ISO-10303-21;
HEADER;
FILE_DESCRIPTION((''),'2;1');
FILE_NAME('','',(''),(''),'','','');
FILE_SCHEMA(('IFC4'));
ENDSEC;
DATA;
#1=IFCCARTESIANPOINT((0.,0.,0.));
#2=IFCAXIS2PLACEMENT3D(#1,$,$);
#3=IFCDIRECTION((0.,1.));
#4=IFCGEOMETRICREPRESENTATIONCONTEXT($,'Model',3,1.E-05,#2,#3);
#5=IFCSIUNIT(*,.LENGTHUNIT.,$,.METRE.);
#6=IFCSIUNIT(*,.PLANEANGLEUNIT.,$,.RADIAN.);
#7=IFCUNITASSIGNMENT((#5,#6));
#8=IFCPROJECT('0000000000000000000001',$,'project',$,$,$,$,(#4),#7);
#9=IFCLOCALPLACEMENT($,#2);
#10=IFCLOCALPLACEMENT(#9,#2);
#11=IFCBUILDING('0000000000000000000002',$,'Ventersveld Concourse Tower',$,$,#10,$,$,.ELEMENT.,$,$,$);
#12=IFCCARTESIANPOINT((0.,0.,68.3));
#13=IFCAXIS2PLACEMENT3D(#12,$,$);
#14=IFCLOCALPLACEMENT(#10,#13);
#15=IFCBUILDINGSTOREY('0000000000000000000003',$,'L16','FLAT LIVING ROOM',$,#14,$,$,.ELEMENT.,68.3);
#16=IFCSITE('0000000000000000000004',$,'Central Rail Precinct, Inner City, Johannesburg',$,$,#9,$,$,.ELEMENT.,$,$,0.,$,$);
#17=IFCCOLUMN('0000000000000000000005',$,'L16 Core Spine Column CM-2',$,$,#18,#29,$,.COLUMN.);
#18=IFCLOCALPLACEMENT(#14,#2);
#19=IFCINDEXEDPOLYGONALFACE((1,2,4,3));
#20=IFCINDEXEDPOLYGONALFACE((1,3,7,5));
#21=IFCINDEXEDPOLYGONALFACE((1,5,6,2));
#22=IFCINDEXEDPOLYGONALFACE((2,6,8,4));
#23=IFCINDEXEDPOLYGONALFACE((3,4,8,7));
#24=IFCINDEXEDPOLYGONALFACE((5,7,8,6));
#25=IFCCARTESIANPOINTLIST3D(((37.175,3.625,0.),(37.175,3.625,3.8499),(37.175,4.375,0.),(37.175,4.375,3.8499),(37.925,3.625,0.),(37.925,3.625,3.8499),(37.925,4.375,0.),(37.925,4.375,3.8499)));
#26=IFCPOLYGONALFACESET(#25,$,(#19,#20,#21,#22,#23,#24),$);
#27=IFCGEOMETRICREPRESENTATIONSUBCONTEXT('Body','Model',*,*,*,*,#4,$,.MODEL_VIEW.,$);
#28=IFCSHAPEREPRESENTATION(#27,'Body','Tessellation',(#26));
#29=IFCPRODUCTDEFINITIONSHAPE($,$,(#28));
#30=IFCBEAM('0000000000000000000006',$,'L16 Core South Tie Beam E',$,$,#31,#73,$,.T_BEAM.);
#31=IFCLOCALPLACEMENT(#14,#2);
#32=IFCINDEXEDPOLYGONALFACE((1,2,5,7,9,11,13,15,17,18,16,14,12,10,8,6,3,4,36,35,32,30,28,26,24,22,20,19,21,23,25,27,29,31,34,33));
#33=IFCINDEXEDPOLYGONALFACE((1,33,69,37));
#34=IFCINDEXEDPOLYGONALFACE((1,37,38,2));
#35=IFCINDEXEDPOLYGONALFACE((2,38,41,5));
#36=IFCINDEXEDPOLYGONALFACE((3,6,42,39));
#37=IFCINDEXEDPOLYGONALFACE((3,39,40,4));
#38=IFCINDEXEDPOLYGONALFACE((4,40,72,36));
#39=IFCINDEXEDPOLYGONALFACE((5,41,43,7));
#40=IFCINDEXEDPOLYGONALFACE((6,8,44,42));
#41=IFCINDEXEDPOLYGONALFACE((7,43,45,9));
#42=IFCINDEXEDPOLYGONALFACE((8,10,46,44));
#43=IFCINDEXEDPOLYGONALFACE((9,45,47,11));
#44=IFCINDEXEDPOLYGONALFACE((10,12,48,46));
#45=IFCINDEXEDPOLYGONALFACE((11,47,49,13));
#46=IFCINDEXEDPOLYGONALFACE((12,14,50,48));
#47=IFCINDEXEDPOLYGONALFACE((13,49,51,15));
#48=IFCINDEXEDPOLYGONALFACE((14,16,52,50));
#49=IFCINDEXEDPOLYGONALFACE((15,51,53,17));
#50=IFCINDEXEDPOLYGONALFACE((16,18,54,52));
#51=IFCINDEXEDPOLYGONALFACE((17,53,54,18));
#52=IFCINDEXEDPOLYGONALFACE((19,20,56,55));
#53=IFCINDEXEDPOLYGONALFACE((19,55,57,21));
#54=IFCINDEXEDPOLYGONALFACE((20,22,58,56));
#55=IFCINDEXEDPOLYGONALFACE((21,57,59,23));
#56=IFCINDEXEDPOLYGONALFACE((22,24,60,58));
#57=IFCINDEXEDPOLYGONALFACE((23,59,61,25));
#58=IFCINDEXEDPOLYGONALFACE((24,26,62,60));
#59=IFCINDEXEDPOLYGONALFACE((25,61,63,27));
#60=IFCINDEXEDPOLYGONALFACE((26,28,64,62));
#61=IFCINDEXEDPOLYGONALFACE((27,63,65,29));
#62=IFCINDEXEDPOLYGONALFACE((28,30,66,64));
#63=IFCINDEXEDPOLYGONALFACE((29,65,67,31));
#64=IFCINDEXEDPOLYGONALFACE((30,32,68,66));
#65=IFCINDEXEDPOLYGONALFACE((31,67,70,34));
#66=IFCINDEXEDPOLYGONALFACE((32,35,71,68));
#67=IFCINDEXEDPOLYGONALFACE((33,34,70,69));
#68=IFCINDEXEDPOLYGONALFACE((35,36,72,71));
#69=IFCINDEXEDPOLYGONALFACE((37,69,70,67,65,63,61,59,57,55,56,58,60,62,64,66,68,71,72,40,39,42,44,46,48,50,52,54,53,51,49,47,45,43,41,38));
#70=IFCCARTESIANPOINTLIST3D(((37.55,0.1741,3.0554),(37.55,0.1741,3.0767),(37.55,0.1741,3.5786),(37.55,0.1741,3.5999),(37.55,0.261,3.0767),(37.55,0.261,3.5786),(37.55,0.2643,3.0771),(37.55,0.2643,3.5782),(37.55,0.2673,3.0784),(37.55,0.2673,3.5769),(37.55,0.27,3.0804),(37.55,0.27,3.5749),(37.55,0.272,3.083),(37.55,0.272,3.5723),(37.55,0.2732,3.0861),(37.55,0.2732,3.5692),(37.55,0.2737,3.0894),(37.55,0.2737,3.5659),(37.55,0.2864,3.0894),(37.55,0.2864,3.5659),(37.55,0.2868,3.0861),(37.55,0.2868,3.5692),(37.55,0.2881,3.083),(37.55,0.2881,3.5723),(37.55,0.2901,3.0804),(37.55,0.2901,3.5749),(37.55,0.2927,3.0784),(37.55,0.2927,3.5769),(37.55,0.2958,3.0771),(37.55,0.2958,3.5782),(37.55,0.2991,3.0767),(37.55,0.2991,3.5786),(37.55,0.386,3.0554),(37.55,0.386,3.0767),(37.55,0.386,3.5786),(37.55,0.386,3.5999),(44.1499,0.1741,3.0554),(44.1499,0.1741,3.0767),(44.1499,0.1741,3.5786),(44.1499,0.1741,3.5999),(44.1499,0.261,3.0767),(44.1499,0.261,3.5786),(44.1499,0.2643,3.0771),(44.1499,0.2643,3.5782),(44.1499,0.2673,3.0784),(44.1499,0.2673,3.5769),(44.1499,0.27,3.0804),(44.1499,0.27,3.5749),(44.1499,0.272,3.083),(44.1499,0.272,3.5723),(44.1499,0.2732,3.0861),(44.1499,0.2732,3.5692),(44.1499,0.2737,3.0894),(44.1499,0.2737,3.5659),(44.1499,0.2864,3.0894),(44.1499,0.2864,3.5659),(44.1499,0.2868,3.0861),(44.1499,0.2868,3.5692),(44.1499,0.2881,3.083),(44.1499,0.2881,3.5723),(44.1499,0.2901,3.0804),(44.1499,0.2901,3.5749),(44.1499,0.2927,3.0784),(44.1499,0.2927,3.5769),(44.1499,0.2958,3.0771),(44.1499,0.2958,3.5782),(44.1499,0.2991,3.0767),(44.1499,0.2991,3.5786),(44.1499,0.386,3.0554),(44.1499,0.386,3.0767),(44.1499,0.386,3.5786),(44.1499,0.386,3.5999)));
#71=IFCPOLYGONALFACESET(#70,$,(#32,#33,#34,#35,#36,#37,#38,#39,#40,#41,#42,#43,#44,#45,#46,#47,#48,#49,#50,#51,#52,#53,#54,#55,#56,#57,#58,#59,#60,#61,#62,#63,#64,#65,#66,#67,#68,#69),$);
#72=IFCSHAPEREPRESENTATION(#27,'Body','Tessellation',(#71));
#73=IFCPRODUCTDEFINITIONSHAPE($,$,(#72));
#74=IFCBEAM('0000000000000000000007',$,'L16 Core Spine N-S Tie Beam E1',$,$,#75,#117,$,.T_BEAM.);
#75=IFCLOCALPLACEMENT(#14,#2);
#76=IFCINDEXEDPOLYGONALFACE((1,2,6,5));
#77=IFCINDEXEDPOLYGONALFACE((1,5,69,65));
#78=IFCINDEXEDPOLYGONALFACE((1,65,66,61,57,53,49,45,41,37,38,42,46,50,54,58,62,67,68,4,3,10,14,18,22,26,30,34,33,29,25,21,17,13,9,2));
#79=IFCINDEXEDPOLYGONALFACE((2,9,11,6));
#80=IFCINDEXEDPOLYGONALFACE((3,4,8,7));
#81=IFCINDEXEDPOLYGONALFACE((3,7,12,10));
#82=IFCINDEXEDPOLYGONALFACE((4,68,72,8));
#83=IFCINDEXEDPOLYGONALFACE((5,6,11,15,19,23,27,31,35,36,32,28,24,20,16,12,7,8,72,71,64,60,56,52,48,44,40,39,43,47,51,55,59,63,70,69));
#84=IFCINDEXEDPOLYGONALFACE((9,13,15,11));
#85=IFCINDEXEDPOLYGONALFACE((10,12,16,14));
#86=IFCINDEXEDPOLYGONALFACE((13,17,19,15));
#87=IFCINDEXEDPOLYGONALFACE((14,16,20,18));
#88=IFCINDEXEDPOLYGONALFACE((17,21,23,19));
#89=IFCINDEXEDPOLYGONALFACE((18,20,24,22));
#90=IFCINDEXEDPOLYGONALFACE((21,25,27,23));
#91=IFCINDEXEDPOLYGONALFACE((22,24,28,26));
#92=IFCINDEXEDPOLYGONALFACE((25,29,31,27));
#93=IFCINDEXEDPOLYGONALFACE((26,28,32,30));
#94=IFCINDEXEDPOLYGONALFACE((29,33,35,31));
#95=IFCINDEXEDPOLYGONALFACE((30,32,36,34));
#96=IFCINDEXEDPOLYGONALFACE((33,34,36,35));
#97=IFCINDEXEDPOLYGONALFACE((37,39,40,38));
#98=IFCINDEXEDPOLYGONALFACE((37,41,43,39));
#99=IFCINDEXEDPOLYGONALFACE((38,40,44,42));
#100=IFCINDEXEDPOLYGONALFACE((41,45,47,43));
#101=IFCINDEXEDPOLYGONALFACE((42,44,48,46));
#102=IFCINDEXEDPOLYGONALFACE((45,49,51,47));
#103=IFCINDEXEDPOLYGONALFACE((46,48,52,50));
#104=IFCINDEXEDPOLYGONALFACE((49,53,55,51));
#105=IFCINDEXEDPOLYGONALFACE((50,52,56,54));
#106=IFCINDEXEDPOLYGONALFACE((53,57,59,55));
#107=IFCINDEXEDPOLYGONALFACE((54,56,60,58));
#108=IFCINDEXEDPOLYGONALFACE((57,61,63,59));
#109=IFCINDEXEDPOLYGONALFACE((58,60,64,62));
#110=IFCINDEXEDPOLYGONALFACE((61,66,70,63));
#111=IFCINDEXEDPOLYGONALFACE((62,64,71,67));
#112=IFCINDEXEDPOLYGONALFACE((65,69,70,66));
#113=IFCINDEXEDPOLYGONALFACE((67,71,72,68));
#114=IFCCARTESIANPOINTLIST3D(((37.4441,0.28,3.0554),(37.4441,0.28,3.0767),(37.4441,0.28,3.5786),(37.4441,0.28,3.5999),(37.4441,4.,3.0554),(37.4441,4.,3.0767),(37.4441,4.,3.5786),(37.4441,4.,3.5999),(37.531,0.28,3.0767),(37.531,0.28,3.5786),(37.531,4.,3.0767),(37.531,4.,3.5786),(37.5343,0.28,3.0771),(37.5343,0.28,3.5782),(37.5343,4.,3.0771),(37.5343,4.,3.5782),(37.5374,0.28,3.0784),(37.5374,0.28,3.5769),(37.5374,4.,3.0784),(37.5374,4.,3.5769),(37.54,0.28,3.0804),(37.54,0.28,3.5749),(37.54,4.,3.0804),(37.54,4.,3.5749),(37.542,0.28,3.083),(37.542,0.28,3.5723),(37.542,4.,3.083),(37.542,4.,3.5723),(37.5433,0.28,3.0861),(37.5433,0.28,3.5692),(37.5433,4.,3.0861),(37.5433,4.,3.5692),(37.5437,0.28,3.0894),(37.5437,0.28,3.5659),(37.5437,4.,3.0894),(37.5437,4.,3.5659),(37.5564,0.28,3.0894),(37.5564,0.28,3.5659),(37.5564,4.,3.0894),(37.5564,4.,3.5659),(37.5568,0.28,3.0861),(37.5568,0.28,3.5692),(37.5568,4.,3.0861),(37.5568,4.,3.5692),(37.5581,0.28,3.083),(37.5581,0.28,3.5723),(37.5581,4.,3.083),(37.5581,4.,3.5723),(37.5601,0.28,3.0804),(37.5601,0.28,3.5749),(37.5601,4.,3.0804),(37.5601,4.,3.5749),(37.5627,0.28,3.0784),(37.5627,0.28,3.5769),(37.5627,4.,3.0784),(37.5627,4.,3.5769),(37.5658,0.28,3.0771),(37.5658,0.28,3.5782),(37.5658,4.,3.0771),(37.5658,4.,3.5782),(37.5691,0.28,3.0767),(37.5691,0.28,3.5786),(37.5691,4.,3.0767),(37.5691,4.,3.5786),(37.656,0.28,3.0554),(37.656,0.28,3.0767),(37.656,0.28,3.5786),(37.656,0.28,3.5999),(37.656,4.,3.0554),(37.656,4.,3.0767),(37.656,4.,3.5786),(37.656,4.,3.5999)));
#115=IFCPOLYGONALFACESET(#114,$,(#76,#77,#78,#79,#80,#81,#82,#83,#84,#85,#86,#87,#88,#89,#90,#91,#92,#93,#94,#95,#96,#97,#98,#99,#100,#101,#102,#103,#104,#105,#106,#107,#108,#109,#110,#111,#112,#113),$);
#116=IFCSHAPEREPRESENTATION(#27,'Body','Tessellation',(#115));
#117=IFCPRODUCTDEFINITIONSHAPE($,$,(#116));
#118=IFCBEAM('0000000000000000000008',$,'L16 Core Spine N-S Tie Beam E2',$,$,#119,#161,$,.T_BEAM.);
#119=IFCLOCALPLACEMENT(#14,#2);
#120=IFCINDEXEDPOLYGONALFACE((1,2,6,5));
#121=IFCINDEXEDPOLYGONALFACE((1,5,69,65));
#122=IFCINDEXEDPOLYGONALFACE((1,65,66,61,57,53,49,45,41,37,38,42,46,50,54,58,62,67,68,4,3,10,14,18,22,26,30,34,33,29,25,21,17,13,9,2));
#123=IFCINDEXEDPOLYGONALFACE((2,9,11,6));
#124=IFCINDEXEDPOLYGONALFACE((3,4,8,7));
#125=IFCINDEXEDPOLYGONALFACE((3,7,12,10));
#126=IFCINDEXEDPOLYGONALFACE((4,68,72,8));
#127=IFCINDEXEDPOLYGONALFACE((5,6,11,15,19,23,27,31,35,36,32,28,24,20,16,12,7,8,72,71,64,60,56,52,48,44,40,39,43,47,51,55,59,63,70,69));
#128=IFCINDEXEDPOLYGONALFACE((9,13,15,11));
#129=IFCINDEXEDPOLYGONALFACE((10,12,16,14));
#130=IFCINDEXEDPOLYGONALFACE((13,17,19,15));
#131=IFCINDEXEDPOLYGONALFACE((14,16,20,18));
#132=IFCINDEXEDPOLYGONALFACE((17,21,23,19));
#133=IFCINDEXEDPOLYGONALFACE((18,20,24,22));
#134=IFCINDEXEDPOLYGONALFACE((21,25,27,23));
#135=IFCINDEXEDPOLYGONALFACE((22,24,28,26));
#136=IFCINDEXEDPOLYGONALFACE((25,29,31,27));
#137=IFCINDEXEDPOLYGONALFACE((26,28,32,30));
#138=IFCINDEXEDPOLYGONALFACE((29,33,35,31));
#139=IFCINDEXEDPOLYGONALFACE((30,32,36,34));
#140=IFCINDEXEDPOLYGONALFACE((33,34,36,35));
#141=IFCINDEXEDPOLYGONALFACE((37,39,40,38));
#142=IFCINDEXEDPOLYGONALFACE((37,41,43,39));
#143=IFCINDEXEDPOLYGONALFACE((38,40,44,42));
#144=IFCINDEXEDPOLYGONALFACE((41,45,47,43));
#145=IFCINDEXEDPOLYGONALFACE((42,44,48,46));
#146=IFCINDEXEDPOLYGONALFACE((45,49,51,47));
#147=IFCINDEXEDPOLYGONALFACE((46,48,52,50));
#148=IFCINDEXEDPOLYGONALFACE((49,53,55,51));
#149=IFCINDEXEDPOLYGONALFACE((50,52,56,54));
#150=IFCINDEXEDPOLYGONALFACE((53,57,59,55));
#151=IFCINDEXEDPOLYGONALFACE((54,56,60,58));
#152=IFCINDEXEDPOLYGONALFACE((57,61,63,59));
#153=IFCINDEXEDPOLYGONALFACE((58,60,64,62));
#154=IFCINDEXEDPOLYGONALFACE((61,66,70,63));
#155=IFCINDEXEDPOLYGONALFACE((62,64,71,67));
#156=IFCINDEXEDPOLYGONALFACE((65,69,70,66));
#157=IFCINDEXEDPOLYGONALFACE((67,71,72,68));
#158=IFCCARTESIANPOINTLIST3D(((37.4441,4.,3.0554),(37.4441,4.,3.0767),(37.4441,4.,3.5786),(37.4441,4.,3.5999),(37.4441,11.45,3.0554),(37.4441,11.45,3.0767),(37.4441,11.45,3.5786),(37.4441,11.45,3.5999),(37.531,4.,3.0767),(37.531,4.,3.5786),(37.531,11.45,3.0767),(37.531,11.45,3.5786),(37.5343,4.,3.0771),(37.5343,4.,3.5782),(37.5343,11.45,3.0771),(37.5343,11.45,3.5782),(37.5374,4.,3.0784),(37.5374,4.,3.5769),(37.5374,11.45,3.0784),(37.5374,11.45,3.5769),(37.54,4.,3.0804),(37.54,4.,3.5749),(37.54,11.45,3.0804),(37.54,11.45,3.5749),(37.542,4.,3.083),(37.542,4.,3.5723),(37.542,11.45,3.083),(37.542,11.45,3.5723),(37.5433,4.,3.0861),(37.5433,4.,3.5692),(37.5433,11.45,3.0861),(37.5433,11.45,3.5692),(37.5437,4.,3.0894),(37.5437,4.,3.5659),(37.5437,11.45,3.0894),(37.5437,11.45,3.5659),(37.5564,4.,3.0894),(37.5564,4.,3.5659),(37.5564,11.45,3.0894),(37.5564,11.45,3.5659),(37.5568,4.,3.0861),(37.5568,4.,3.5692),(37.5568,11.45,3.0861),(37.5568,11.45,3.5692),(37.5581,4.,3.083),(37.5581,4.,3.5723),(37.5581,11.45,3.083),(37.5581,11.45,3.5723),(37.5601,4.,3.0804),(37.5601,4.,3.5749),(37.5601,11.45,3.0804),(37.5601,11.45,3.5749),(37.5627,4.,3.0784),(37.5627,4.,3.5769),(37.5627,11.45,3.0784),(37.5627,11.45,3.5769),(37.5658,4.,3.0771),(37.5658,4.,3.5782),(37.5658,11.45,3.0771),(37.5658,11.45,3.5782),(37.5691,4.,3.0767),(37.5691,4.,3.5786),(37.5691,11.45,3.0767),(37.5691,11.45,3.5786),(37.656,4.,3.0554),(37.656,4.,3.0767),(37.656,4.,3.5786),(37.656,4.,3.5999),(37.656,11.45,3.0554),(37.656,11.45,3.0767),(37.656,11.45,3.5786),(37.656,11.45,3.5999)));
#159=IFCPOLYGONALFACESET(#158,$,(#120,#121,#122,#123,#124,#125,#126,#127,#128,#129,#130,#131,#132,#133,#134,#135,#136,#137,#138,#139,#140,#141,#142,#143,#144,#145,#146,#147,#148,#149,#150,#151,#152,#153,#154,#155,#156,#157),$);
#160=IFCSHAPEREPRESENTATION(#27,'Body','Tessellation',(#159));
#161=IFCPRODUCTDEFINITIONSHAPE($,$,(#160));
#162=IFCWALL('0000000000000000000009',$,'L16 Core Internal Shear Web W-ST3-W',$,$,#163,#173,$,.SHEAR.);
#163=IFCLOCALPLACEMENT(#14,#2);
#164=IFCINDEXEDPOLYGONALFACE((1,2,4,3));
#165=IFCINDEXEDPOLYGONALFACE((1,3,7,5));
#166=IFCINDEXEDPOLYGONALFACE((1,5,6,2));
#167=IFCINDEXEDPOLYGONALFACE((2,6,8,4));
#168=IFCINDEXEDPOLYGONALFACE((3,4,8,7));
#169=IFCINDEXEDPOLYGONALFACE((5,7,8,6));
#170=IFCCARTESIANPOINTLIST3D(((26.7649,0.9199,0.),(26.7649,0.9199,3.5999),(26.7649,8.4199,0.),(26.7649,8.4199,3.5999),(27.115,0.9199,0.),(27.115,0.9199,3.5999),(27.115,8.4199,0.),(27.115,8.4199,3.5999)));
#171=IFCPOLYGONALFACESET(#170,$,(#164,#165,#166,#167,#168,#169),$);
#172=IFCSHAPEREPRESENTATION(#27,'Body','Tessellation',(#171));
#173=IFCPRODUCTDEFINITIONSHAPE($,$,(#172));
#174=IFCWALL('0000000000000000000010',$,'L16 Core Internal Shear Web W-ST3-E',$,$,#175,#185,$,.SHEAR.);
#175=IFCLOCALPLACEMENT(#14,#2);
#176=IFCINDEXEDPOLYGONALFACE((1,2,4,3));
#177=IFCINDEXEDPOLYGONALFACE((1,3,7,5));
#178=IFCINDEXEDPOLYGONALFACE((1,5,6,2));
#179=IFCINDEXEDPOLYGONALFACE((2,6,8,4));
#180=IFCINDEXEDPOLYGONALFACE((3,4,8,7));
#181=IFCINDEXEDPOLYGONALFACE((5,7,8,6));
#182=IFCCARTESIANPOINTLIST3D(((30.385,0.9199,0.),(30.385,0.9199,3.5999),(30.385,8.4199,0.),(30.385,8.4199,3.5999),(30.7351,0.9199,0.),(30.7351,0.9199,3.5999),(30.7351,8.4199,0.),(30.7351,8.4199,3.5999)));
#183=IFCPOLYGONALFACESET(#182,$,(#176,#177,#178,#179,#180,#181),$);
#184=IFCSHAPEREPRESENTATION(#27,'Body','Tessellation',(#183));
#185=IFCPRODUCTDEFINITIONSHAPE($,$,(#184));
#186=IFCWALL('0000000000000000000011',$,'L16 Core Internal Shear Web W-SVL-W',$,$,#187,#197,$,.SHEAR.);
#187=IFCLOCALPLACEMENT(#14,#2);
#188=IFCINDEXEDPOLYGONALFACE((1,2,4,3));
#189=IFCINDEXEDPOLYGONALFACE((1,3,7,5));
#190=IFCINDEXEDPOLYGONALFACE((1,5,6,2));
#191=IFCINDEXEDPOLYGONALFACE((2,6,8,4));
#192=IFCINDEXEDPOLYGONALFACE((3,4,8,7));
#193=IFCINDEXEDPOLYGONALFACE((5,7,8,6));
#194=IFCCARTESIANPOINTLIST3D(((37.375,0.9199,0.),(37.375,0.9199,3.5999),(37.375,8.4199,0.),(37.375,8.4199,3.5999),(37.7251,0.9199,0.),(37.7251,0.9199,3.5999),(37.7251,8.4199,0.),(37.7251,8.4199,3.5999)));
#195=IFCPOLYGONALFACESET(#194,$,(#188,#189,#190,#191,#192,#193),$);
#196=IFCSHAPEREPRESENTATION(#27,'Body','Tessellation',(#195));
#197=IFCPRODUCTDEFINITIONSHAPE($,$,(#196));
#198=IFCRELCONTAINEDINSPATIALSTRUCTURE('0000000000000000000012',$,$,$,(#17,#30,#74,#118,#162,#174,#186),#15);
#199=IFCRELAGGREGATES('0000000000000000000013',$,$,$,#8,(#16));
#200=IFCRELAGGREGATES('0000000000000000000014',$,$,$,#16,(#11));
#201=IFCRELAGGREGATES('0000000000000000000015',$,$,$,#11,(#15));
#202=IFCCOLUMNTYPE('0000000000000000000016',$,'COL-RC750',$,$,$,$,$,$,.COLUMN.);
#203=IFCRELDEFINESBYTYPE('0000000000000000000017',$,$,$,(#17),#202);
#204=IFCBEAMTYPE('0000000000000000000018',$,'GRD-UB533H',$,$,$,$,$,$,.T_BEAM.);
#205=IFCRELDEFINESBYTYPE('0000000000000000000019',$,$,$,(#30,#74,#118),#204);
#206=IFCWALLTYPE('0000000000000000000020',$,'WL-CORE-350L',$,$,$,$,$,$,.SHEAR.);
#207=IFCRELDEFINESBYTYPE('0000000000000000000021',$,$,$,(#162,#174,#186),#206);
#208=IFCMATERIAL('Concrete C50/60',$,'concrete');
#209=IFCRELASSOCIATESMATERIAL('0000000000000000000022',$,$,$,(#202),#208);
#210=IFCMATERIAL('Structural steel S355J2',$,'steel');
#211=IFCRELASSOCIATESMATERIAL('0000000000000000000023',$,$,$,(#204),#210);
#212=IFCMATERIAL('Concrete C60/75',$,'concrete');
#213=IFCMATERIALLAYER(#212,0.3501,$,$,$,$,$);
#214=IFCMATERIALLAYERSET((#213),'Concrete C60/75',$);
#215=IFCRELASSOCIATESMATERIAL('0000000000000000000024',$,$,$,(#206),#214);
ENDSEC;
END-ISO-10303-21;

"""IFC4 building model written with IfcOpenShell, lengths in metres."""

from ifc_helpers import new_model, si_unit, direction, frame, frame_2d, origin, origin_2d, place, context, subcontext, project, spatial, rectangle, i_section, extrude, material, layer, layer_set, material_profile, profile_set, type_object, element, save


model = new_model("IFC4")

# Units and contexts
model_context = context("Model", 3, precision=1e-05, world=origin(), true_north=direction((0.0, 1.0)))
body_context = subcontext(model_context, "Body", "Model", "MODEL_VIEW")
ifc_project = project(units=[si_unit("LENGTHUNIT", "METRE"), si_unit("PLANEANGLEUNIT", "RADIAN")], contexts=[model_context])

# Site, building, storey
site_placement = place(None, origin())
site = spatial("IfcSite", under=ifc_project, at=site_placement, Name="Central Rail Precinct, Inner City, Johannesburg", CompositionType="ELEMENT", RefElevation=0.0)
building_placement = place(site_placement, origin())
building = spatial("IfcBuilding", under=site, at=building_placement, Name="Ventersveld Concourse Tower", CompositionType="ELEMENT")
storey_placement = place(building_placement, frame((0.0, 0.0, 68.3)))
storey = spatial("IfcBuildingStorey", under=building, at=storey_placement, Name="L16", Description="FLAT LIVING ROOM", CompositionType="ELEMENT", Elevation=68.3)

# Column
ifc_material_1 = material(Name="Concrete C50/60", Category="concrete")
ifc_material_profile_1 = material_profile(ifc_material_1, rectangle(XDim=0.75, YDim=0.75, at=origin_2d()), Name="RC 750x750")
ifc_profile_set_1 = profile_set([ifc_material_profile_1], Name="Concrete C50/60")
column_type = type_object("IfcColumnType", Name="COL-RC750", PredefinedType="COLUMN", material=ifc_profile_set_1)
column_placement = place(storey_placement, frame((37.55, 4.0, 0.0), z_axis=(0.0, 0.0, 1.0), x_axis=(1.0, 0.0, 0.0)))
element("IfcColumn", 1, at=column_placement, inside=storey, type_object=column_type, Name="L16 Core Spine Column CM-2", PredefinedType="COLUMN", context=body_context, shape_type="SweptSolid", body=[
    extrude(rectangle(XDim=0.75, YDim=0.75, at=origin_2d()), origin(), (0.0, 0.0, 1.0), 3.8499),
])

# Beams
ifc_material_2 = material(Name="Structural steel S355J2", Category="steel")
ifc_material_profile_2 = material_profile(ifc_material_2, i_section(OverallWidth=0.2119, OverallDepth=0.5444, WebThickness=0.0127, FlangeThickness=0.0212, FilletRadius=0.0127, at=origin_2d()), Name="UB 533x210x122")
ifc_profile_set_2 = profile_set([ifc_material_profile_2], Name="Structural steel S355J2")
beam_type = type_object("IfcBeamType", Name="GRD-UB533H", PredefinedType="T_BEAM", material=ifc_profile_set_2)
beam_1_placement = place(storey_placement, frame((37.55, 0.28, 3.3276), z_axis=(1.0, 0.0, 0.0), x_axis=(0.0, 1.0, 0.0)))
element("IfcBeam", 2, at=beam_1_placement, inside=storey, type_object=beam_type, Name="L16 Core South Tie Beam E", PredefinedType="T_BEAM", context=body_context, shape_type="SweptSolid", body=[
    extrude(i_section(OverallWidth=0.2119, OverallDepth=0.5444, WebThickness=0.0127, FlangeThickness=0.0212, FilletRadius=0.0127, at=origin_2d()), origin(), (0.0, 0.0, 1.0), 6.5999),
])
beam_2_placement = place(storey_placement, frame((37.55, 0.28, 3.3276), z_axis=(0.0, 1.0, 0.0), x_axis=(-1.0, 0.0, 0.0)))
element("IfcBeam", 3, at=beam_2_placement, inside=storey, type_object=beam_type, Name="L16 Core Spine N-S Tie Beam E1", PredefinedType="T_BEAM", context=body_context, shape_type="SweptSolid", body=[
    extrude(i_section(OverallWidth=0.2119, OverallDepth=0.5444, WebThickness=0.0127, FlangeThickness=0.0212, FilletRadius=0.0127, at=origin_2d()), origin(), (0.0, 0.0, 1.0), 3.72),
])
beam_3_placement = place(storey_placement, frame((37.55, 4.0, 3.3276), z_axis=(0.0, 1.0, 0.0), x_axis=(-1.0, 0.0, 0.0)))
element("IfcBeam", 4, at=beam_3_placement, inside=storey, type_object=beam_type, Name="L16 Core Spine N-S Tie Beam E2", PredefinedType="T_BEAM", context=body_context, shape_type="SweptSolid", body=[
    extrude(i_section(OverallWidth=0.2119, OverallDepth=0.5444, WebThickness=0.0127, FlangeThickness=0.0212, FilletRadius=0.0127, at=origin_2d()), origin(), (0.0, 0.0, 1.0), 7.45),
])

# Walls
ifc_material_3 = material(Name="Concrete C60/75", Category="concrete")
ifc_layer_1 = layer(ifc_material_3, 0.3501)
ifc_layer_set_1 = layer_set([ifc_layer_1], Name="Concrete C60/75")
wall_type_1 = type_object("IfcWallType", Name="WL-CORE-350L", PredefinedType="SHEAR", material=ifc_layer_set_1)
for number, where, z_axis, x_axis, name in (
    (5, (26.9399, 0.9199, 0.0), (0.0, 0.0, 1.0), (0.0, 1.0, 0.0), "L16 Core Internal Shear Web W-ST3-W"),
    (6, (30.5601, 0.9199, 0.0), (0.0, 0.0, 1.0), (0.0, 1.0, 0.0), "L16 Core Internal Shear Web W-ST3-E"),
    (7, (37.55, 0.9199, 0.0), (0.0, 0.0, 1.0), (0.0, 1.0, 0.0), "L16 Core Internal Shear Web W-SVL-W"),
):
    element("IfcWall", number, at=place(storey_placement, frame(where, z_axis=z_axis, x_axis=x_axis)), inside=storey, type_object=wall_type_1, Name=name, PredefinedType="SHEAR", context=body_context, shape_type="SweptSolid", body=[
        extrude(rectangle(XDim=7.5, YDim=0.3501, at=frame_2d((3.75, 0.0))), origin(), (0.0, 0.0, 1.0), 3.5999),
    ])

save(model, "model.ifc")
